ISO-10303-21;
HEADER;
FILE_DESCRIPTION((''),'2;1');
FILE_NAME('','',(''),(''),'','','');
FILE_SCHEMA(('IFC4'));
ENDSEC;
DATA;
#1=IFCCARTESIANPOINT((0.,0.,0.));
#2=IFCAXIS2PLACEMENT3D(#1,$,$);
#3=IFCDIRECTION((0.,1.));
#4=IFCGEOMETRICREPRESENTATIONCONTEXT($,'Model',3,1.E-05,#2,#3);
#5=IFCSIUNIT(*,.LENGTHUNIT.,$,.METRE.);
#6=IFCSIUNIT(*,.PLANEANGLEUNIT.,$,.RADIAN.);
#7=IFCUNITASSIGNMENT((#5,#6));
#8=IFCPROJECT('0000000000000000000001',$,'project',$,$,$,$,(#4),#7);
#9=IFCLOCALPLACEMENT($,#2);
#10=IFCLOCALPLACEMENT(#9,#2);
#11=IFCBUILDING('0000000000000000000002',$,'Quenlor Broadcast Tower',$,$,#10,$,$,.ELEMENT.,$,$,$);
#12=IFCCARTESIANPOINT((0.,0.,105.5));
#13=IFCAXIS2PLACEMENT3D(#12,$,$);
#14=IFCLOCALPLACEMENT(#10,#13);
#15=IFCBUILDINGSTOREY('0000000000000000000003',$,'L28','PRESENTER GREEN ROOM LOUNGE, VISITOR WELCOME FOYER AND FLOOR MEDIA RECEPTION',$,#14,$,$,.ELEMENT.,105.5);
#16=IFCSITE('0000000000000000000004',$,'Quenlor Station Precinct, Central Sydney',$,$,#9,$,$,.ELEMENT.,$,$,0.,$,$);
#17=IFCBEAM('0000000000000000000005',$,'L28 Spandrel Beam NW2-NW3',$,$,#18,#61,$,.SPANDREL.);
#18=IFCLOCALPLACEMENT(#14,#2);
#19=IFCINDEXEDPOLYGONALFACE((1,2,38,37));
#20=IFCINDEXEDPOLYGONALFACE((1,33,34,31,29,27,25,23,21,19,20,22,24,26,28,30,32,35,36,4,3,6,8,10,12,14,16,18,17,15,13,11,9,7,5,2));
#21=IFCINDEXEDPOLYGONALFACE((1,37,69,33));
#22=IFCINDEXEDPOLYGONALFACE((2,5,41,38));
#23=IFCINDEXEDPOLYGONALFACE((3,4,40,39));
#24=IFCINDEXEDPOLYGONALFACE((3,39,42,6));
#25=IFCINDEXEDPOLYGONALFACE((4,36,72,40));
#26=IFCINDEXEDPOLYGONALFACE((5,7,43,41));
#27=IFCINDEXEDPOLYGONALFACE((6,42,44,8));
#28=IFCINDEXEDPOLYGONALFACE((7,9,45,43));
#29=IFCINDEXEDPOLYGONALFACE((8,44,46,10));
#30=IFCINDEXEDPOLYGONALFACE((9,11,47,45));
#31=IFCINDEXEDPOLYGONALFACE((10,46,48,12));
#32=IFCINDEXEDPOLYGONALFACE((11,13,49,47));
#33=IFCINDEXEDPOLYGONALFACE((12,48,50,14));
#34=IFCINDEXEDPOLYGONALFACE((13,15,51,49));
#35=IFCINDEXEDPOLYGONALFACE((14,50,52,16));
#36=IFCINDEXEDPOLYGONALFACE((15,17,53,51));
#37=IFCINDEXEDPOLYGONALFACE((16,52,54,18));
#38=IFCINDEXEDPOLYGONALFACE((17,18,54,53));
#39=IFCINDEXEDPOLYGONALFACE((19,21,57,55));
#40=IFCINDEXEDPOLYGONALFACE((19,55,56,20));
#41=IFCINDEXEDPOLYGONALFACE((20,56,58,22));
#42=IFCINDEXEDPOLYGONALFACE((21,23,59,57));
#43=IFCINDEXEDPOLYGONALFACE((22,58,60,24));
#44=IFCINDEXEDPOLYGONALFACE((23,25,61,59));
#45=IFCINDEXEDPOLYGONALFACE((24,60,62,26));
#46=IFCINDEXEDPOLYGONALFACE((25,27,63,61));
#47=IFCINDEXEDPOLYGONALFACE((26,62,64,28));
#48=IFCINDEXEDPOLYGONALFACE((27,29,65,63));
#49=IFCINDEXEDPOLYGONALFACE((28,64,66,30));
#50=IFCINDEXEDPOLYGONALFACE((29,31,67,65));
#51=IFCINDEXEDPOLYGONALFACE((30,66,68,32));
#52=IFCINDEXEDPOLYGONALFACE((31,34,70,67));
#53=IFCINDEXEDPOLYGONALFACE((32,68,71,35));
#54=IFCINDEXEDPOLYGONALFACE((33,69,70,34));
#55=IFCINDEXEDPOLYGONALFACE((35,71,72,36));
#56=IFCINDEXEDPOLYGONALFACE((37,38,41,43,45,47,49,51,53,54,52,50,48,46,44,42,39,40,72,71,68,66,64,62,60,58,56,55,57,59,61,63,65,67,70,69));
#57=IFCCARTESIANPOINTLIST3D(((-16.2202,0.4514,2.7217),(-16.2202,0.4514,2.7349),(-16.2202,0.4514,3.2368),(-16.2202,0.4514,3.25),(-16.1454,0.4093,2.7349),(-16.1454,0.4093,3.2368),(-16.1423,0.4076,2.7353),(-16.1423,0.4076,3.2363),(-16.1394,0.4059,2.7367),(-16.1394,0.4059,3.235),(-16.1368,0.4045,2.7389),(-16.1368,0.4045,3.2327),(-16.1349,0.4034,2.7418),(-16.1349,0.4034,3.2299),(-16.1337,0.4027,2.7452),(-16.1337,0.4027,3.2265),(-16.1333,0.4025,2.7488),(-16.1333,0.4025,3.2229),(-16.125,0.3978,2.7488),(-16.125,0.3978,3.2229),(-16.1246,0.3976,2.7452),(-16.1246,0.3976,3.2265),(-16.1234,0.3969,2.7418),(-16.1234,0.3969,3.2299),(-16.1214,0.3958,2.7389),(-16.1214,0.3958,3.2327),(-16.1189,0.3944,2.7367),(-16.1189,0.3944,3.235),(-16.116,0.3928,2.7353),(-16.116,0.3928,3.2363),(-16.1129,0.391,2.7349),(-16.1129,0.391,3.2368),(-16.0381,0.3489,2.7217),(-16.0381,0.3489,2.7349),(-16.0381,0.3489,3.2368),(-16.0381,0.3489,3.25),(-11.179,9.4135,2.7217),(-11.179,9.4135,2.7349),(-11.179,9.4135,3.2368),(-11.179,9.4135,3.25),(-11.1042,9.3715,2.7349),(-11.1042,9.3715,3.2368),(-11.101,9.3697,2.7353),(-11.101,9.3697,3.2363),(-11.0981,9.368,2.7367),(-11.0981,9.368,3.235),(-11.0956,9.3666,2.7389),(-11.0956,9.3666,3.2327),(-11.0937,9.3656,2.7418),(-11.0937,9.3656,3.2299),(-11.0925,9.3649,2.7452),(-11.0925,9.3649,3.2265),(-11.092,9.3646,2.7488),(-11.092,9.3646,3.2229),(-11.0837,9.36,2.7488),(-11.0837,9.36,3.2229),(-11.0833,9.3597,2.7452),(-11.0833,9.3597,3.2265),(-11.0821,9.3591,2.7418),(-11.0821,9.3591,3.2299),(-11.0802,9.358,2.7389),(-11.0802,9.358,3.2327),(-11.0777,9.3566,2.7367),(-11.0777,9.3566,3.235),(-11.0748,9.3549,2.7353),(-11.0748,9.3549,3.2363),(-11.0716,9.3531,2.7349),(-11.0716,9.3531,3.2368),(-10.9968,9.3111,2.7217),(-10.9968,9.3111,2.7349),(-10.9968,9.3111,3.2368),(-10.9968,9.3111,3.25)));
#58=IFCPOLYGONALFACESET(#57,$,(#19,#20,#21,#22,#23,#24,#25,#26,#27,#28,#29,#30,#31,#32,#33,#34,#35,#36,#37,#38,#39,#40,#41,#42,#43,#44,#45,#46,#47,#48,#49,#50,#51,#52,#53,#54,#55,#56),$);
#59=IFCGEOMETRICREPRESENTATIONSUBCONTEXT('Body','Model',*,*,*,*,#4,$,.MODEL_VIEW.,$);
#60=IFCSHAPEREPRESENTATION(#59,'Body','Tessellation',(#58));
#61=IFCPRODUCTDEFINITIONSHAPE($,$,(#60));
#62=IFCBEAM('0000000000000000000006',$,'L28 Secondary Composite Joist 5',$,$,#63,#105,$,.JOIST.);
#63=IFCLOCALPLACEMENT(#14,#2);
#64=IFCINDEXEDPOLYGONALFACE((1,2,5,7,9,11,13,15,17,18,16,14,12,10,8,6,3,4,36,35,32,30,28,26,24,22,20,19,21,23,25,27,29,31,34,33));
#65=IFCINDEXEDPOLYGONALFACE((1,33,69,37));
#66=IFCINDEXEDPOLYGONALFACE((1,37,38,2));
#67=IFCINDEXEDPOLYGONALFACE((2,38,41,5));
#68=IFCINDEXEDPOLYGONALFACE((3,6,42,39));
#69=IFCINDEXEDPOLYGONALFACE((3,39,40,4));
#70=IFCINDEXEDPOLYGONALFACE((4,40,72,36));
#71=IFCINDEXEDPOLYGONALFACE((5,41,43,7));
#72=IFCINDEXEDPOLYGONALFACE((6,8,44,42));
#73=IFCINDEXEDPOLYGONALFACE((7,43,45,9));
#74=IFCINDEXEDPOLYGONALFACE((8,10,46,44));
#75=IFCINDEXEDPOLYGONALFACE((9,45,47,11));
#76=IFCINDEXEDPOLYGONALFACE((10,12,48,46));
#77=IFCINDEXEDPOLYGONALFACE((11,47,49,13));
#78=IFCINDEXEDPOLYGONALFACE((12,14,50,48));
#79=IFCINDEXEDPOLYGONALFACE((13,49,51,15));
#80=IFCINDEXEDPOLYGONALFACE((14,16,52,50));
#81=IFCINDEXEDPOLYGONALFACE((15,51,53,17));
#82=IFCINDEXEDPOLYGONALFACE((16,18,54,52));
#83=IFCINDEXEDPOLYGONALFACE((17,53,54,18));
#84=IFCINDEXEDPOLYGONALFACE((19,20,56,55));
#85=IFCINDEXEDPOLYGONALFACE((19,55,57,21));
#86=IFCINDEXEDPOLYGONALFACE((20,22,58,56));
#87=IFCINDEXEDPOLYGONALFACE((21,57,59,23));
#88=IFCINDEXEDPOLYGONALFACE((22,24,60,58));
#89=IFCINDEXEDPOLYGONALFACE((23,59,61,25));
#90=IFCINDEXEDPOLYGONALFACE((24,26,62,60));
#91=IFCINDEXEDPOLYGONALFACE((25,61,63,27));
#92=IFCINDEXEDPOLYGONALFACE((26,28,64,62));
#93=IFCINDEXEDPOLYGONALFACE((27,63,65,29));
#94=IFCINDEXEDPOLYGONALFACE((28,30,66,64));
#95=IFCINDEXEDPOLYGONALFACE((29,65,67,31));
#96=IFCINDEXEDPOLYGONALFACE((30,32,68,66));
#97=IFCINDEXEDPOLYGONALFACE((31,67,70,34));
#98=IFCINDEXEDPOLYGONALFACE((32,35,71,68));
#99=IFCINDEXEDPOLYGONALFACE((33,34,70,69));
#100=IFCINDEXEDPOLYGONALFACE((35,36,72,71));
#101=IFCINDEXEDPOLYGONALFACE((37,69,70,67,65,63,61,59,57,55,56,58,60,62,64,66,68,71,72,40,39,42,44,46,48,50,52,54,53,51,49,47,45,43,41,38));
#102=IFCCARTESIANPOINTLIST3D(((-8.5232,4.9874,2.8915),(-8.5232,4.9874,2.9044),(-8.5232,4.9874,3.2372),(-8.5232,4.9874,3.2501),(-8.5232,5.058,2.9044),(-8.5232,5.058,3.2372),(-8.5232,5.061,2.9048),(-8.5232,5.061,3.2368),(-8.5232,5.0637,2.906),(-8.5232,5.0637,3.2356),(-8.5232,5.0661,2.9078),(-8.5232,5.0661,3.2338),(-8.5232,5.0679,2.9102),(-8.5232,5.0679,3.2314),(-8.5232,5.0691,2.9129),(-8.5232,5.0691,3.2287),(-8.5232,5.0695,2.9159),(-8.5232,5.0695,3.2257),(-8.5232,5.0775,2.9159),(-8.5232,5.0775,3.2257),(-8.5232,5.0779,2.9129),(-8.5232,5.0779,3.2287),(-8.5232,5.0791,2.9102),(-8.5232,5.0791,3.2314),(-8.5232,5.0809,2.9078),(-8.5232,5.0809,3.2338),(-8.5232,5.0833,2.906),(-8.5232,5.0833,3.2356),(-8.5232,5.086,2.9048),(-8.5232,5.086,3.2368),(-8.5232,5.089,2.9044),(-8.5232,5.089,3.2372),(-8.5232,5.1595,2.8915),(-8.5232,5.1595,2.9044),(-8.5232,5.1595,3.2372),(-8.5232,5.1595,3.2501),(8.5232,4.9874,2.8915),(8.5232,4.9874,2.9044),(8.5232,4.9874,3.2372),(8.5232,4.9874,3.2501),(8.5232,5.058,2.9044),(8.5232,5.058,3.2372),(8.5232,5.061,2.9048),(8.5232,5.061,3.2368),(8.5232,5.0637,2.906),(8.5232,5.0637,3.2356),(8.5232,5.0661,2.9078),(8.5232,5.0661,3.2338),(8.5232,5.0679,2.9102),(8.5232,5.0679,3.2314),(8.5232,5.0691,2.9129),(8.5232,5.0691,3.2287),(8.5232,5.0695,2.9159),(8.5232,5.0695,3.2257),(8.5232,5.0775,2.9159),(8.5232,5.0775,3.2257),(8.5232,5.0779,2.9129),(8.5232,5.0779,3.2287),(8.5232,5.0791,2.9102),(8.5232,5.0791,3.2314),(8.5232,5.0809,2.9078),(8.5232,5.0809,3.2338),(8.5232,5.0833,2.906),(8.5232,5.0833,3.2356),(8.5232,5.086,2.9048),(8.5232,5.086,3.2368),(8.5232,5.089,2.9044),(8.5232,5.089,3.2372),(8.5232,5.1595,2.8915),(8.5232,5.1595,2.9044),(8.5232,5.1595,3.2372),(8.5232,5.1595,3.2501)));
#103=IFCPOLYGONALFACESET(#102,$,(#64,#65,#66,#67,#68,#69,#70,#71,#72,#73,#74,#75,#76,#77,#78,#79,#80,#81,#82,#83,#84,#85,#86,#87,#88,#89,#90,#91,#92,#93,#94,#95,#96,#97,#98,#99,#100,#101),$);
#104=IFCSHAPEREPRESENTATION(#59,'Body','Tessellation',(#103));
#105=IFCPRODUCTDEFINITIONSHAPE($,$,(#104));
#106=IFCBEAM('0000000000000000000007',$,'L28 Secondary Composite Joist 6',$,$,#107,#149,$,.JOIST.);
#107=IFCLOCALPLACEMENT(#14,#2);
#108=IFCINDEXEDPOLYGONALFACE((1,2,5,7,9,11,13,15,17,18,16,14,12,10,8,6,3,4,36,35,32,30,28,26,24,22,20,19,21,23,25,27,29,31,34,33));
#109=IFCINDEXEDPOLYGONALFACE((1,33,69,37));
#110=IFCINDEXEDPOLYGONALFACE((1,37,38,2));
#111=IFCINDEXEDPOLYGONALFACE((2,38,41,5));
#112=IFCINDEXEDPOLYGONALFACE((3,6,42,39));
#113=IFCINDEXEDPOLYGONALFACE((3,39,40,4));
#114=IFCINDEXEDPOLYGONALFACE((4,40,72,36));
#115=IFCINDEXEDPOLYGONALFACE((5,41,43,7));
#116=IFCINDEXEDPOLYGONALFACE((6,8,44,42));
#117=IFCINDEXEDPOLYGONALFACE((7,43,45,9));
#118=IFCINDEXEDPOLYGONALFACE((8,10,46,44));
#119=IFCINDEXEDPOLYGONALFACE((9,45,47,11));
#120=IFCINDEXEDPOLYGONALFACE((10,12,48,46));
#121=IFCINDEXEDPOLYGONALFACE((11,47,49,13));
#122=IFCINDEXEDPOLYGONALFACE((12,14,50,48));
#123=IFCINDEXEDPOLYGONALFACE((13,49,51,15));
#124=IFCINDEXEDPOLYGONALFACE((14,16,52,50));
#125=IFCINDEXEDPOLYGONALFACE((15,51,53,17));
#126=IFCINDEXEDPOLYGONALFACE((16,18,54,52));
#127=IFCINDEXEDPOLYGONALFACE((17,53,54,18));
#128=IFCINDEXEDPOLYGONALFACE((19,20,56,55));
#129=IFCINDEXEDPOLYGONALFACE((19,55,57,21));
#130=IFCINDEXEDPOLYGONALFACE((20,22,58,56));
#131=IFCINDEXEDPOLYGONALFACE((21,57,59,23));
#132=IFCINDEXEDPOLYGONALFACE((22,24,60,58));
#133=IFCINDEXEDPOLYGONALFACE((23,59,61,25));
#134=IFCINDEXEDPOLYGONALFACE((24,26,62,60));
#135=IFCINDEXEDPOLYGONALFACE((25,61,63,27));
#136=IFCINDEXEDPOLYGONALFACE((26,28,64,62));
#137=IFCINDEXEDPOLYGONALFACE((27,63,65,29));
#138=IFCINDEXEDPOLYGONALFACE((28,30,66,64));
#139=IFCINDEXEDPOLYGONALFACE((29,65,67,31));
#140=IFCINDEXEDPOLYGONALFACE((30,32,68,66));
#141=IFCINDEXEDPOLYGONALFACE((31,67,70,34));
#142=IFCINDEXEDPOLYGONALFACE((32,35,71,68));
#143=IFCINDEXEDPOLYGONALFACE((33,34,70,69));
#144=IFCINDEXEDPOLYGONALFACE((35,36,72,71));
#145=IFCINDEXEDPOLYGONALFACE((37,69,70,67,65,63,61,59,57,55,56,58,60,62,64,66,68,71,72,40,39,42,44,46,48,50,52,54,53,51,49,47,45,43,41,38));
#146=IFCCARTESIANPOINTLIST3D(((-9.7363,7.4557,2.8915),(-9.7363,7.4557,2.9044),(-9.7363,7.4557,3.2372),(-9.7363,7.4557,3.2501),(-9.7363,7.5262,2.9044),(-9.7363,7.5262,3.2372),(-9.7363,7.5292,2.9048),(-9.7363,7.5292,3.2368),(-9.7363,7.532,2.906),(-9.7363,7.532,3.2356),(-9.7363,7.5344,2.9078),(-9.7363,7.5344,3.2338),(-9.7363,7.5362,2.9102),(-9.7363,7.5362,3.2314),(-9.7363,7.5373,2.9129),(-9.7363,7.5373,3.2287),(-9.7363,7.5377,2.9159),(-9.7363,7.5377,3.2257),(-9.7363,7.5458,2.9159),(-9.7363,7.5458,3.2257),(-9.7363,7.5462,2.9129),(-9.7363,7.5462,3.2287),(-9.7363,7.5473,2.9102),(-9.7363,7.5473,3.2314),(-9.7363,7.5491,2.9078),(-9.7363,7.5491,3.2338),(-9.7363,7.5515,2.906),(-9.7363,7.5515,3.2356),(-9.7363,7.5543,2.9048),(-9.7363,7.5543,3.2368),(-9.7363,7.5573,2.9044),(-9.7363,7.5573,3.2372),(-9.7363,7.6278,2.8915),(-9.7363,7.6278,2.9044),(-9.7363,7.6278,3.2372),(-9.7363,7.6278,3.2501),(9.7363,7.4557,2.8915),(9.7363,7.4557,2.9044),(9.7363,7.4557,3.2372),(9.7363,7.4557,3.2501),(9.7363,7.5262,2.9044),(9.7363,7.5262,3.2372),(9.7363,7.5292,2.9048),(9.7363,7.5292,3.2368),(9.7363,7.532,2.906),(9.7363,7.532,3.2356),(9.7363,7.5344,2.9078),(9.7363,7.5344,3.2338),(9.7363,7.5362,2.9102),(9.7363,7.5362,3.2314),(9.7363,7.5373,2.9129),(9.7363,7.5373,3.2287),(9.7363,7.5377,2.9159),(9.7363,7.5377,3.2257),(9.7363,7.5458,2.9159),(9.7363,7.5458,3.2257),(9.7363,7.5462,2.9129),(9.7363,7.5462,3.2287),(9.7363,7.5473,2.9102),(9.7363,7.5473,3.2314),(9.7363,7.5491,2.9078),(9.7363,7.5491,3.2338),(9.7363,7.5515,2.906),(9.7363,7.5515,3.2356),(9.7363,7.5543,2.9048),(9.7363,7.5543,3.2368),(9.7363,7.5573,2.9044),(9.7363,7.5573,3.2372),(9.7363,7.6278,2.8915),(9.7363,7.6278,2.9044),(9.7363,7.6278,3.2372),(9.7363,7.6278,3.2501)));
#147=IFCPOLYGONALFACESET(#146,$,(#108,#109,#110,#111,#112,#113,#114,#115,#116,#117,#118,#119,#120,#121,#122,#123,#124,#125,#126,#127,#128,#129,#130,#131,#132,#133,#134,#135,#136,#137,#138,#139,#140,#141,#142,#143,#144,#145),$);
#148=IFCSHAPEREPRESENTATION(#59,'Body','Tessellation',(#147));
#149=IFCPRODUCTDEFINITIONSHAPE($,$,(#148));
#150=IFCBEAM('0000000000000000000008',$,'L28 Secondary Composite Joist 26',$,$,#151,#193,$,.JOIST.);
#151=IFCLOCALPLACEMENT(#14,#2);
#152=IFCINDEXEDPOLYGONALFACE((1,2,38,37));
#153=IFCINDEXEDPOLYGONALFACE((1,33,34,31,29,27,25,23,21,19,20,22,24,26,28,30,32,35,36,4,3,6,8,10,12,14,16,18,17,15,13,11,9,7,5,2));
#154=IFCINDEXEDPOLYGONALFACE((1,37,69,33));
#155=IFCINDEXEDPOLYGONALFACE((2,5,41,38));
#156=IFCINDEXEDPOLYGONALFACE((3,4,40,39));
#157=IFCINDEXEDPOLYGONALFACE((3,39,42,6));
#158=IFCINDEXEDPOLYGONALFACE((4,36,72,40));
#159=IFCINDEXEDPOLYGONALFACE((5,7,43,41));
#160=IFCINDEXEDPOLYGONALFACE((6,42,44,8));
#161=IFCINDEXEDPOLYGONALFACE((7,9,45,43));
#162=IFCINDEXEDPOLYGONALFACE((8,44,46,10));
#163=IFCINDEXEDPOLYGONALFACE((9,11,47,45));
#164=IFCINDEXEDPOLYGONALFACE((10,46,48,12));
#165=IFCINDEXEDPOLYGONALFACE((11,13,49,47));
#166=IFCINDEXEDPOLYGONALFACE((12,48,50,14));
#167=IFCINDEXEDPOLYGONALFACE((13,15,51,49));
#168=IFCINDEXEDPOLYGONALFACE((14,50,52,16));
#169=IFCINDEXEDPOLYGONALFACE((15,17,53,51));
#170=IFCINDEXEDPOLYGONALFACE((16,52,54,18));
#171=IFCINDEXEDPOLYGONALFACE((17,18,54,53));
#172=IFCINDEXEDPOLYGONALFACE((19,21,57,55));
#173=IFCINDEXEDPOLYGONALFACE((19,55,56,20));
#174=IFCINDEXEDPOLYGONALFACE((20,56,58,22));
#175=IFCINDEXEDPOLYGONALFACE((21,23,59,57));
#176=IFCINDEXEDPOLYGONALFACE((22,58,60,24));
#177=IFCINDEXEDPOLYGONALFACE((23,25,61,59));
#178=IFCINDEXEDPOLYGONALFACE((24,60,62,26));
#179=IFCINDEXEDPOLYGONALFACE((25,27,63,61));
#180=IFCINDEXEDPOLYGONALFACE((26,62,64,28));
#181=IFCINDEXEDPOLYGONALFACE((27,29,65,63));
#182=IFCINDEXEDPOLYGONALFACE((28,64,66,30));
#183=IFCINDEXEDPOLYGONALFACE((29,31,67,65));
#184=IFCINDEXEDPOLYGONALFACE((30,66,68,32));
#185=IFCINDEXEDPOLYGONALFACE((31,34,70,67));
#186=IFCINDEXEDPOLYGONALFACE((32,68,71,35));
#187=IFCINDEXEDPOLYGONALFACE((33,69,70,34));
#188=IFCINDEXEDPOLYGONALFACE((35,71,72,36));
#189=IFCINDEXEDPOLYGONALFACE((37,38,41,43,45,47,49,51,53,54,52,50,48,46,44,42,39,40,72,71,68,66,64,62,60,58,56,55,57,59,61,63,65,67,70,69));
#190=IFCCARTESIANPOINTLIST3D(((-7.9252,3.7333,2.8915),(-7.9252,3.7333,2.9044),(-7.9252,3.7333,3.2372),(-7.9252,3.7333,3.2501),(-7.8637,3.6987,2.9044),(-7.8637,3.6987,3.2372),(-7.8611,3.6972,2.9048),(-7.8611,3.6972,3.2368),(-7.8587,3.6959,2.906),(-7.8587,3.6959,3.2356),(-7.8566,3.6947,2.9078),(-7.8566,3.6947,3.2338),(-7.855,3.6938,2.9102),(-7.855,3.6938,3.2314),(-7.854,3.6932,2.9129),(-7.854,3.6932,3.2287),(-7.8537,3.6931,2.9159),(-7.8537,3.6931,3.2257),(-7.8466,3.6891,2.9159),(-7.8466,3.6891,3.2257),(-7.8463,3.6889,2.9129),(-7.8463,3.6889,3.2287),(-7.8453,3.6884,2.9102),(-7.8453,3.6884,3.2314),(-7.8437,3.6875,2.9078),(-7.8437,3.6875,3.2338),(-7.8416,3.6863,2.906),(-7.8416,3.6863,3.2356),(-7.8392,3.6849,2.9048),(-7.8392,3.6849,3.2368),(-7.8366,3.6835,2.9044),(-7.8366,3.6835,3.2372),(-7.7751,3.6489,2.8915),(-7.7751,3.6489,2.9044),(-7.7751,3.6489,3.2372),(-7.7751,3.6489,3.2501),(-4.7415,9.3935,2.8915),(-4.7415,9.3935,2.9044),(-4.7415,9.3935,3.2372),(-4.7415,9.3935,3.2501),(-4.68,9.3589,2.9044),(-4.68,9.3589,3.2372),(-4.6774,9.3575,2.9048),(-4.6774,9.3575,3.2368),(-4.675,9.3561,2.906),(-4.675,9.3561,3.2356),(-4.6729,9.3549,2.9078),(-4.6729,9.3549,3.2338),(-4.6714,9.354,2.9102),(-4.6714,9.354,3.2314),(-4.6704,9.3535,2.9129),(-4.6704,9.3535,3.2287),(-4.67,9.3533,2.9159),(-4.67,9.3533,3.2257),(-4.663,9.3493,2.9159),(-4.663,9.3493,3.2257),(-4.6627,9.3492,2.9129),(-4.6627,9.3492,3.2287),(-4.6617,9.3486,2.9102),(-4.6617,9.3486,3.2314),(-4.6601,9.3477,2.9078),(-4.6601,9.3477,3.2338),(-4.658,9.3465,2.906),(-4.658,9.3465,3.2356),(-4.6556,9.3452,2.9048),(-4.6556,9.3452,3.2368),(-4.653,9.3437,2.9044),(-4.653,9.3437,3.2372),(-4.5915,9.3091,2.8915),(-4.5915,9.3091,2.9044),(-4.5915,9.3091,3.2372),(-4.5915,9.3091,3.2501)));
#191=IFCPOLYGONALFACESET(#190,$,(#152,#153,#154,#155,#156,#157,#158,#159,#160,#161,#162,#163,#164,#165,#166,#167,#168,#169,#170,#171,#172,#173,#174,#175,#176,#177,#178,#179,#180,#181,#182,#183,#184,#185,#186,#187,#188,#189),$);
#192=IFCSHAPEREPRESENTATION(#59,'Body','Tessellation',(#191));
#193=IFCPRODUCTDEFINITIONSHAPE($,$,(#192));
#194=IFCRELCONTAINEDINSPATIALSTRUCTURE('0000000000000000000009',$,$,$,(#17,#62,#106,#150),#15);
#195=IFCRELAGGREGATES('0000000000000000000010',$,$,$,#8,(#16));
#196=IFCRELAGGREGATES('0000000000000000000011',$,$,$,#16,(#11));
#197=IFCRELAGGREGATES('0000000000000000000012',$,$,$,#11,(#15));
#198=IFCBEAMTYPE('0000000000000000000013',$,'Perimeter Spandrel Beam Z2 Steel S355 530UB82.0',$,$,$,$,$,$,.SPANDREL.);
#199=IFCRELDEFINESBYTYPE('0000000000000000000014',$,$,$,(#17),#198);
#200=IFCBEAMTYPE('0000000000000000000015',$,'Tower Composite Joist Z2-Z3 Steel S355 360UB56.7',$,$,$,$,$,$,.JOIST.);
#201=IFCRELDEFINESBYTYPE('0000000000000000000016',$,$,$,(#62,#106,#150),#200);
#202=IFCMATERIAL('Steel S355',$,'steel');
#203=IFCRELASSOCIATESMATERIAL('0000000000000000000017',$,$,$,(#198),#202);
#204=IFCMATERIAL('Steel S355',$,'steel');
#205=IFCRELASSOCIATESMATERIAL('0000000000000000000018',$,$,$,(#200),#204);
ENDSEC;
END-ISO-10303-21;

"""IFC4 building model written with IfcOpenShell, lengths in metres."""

from ifc_helpers import new_model, si_unit, direction, frame, origin, origin_2d, place, context, subcontext, project, spatial, i_section, extrude, material, material_profile, profile_set, type_object, element, save


model = new_model("IFC4")

# Units and contexts
model_context = context("Model", 3, precision=1e-05, world=origin(), true_north=direction((0.0, 1.0)))
body_context = subcontext(model_context, "Body", "Model", "MODEL_VIEW")
ifc_project = project(units=[si_unit("LENGTHUNIT", "METRE"), si_unit("PLANEANGLEUNIT", "RADIAN")], contexts=[model_context])

# Site, building, storey
site_placement = place(None, origin())
site = spatial("IfcSite", under=ifc_project, at=site_placement, Name="Quenlor Station Precinct, Central Sydney", CompositionType="ELEMENT", RefElevation=0.0)
building_placement = place(site_placement, origin())
building = spatial("IfcBuilding", under=site, at=building_placement, Name="Quenlor Broadcast Tower", CompositionType="ELEMENT")
storey_placement = place(building_placement, frame((0.0, 0.0, 105.5)))
storey = spatial("IfcBuildingStorey", under=building, at=storey_placement, Name="L28", Description="PRESENTER GREEN ROOM LOUNGE, VISITOR WELCOME FOYER AND FLOOR MEDIA RECEPTION", CompositionType="ELEMENT", Elevation=105.5)

# Beams
ifc_material_1 = material(Name="Steel S355", Category="steel")
ifc_material_profile_1 = material_profile(ifc_material_1, i_section(OverallWidth=0.209, OverallDepth=0.5283, WebThickness=0.0095, FlangeThickness=0.0132, FilletRadius=0.0139, at=origin_2d()))
ifc_profile_set_1 = profile_set([ifc_material_profile_1], Name="Steel S355 530UB82.0")
beam_type_1 = type_object("IfcBeamType", Name="Perimeter Spandrel Beam Z2 Steel S355 530UB82.0", PredefinedType="SPANDREL", material=ifc_profile_set_1)
beam_1_placement = place(storey_placement, frame((-11.0879, 9.3623, 2.9858), z_axis=(-0.490265, -0.871574, 0.0), x_axis=(0.871574, -0.490265, 0.0)))
element("IfcBeam", 1, at=beam_1_placement, inside=storey, type_object=beam_type_1, Name="L28 Spandrel Beam NW2-NW3", PredefinedType="SPANDREL", context=body_context, shape_type="SweptSolid", body=[
    extrude(i_section(OverallWidth=0.209, OverallDepth=0.5283, WebThickness=0.0095, FlangeThickness=0.0132, FilletRadius=0.0139, at=origin_2d()), origin(), (0.0, 0.0, 1.0), 10.2827),
])
ifc_material_2 = material(Name="Steel S355", Category="steel")
ifc_material_profile_2 = material_profile(ifc_material_2, i_section(OverallWidth=0.1721, OverallDepth=0.3586, WebThickness=0.0081, FlangeThickness=0.0129, FilletRadius=0.0115, at=origin_2d()))
ifc_profile_set_2 = profile_set([ifc_material_profile_2], Name="Steel S355 360UB56.7")
beam_type_2 = type_object("IfcBeamType", Name="Tower Composite Joist Z2-Z3 Steel S355 360UB56.7", PredefinedType="JOIST", material=ifc_profile_set_2)
beam_2_placement = place(storey_placement, frame((-8.5232, 5.0735, 3.0708), z_axis=(1.0, 0.0, 0.0), x_axis=(0.0, 1.0, 0.0)))
element("IfcBeam", 2, at=beam_2_placement, inside=storey, type_object=beam_type_2, Name="L28 Secondary Composite Joist 5", PredefinedType="JOIST", context=body_context, shape_type="SweptSolid", body=[
    extrude(i_section(OverallWidth=0.1721, OverallDepth=0.3586, WebThickness=0.0081, FlangeThickness=0.0129, FilletRadius=0.0115, at=origin_2d()), origin(), (0.0, 0.0, 1.0), 17.0464),
])
beam_3_placement = place(storey_placement, frame((-9.7363, 7.5417, 3.0708), z_axis=(1.0, 0.0, 0.0), x_axis=(0.0, 1.0, 0.0)))
element("IfcBeam", 3, at=beam_3_placement, inside=storey, type_object=beam_type_2, Name="L28 Secondary Composite Joist 6", PredefinedType="JOIST", context=body_context, shape_type="SweptSolid", body=[
    extrude(i_section(OverallWidth=0.1721, OverallDepth=0.3586, WebThickness=0.0081, FlangeThickness=0.0129, FilletRadius=0.0115, at=origin_2d()), origin(), (0.0, 0.0, 1.0), 19.4727),
])
beam_4_placement = place(storey_placement, frame((-4.6665, 9.3513, 3.0708), z_axis=(-0.490233, -0.871592, 0.0), x_axis=(0.871592, -0.490233, 0.0)))
element("IfcBeam", 4, at=beam_4_placement, inside=storey, type_object=beam_type_2, Name="L28 Secondary Composite Joist 26", PredefinedType="JOIST", context=body_context, shape_type="SweptSolid", body=[
    extrude(i_section(OverallWidth=0.1721, OverallDepth=0.3586, WebThickness=0.0081, FlangeThickness=0.0129, FilletRadius=0.0115, at=origin_2d()), origin(), (0.0, 0.0, 1.0), 6.4941),
])

save(model, "model.ifc")
